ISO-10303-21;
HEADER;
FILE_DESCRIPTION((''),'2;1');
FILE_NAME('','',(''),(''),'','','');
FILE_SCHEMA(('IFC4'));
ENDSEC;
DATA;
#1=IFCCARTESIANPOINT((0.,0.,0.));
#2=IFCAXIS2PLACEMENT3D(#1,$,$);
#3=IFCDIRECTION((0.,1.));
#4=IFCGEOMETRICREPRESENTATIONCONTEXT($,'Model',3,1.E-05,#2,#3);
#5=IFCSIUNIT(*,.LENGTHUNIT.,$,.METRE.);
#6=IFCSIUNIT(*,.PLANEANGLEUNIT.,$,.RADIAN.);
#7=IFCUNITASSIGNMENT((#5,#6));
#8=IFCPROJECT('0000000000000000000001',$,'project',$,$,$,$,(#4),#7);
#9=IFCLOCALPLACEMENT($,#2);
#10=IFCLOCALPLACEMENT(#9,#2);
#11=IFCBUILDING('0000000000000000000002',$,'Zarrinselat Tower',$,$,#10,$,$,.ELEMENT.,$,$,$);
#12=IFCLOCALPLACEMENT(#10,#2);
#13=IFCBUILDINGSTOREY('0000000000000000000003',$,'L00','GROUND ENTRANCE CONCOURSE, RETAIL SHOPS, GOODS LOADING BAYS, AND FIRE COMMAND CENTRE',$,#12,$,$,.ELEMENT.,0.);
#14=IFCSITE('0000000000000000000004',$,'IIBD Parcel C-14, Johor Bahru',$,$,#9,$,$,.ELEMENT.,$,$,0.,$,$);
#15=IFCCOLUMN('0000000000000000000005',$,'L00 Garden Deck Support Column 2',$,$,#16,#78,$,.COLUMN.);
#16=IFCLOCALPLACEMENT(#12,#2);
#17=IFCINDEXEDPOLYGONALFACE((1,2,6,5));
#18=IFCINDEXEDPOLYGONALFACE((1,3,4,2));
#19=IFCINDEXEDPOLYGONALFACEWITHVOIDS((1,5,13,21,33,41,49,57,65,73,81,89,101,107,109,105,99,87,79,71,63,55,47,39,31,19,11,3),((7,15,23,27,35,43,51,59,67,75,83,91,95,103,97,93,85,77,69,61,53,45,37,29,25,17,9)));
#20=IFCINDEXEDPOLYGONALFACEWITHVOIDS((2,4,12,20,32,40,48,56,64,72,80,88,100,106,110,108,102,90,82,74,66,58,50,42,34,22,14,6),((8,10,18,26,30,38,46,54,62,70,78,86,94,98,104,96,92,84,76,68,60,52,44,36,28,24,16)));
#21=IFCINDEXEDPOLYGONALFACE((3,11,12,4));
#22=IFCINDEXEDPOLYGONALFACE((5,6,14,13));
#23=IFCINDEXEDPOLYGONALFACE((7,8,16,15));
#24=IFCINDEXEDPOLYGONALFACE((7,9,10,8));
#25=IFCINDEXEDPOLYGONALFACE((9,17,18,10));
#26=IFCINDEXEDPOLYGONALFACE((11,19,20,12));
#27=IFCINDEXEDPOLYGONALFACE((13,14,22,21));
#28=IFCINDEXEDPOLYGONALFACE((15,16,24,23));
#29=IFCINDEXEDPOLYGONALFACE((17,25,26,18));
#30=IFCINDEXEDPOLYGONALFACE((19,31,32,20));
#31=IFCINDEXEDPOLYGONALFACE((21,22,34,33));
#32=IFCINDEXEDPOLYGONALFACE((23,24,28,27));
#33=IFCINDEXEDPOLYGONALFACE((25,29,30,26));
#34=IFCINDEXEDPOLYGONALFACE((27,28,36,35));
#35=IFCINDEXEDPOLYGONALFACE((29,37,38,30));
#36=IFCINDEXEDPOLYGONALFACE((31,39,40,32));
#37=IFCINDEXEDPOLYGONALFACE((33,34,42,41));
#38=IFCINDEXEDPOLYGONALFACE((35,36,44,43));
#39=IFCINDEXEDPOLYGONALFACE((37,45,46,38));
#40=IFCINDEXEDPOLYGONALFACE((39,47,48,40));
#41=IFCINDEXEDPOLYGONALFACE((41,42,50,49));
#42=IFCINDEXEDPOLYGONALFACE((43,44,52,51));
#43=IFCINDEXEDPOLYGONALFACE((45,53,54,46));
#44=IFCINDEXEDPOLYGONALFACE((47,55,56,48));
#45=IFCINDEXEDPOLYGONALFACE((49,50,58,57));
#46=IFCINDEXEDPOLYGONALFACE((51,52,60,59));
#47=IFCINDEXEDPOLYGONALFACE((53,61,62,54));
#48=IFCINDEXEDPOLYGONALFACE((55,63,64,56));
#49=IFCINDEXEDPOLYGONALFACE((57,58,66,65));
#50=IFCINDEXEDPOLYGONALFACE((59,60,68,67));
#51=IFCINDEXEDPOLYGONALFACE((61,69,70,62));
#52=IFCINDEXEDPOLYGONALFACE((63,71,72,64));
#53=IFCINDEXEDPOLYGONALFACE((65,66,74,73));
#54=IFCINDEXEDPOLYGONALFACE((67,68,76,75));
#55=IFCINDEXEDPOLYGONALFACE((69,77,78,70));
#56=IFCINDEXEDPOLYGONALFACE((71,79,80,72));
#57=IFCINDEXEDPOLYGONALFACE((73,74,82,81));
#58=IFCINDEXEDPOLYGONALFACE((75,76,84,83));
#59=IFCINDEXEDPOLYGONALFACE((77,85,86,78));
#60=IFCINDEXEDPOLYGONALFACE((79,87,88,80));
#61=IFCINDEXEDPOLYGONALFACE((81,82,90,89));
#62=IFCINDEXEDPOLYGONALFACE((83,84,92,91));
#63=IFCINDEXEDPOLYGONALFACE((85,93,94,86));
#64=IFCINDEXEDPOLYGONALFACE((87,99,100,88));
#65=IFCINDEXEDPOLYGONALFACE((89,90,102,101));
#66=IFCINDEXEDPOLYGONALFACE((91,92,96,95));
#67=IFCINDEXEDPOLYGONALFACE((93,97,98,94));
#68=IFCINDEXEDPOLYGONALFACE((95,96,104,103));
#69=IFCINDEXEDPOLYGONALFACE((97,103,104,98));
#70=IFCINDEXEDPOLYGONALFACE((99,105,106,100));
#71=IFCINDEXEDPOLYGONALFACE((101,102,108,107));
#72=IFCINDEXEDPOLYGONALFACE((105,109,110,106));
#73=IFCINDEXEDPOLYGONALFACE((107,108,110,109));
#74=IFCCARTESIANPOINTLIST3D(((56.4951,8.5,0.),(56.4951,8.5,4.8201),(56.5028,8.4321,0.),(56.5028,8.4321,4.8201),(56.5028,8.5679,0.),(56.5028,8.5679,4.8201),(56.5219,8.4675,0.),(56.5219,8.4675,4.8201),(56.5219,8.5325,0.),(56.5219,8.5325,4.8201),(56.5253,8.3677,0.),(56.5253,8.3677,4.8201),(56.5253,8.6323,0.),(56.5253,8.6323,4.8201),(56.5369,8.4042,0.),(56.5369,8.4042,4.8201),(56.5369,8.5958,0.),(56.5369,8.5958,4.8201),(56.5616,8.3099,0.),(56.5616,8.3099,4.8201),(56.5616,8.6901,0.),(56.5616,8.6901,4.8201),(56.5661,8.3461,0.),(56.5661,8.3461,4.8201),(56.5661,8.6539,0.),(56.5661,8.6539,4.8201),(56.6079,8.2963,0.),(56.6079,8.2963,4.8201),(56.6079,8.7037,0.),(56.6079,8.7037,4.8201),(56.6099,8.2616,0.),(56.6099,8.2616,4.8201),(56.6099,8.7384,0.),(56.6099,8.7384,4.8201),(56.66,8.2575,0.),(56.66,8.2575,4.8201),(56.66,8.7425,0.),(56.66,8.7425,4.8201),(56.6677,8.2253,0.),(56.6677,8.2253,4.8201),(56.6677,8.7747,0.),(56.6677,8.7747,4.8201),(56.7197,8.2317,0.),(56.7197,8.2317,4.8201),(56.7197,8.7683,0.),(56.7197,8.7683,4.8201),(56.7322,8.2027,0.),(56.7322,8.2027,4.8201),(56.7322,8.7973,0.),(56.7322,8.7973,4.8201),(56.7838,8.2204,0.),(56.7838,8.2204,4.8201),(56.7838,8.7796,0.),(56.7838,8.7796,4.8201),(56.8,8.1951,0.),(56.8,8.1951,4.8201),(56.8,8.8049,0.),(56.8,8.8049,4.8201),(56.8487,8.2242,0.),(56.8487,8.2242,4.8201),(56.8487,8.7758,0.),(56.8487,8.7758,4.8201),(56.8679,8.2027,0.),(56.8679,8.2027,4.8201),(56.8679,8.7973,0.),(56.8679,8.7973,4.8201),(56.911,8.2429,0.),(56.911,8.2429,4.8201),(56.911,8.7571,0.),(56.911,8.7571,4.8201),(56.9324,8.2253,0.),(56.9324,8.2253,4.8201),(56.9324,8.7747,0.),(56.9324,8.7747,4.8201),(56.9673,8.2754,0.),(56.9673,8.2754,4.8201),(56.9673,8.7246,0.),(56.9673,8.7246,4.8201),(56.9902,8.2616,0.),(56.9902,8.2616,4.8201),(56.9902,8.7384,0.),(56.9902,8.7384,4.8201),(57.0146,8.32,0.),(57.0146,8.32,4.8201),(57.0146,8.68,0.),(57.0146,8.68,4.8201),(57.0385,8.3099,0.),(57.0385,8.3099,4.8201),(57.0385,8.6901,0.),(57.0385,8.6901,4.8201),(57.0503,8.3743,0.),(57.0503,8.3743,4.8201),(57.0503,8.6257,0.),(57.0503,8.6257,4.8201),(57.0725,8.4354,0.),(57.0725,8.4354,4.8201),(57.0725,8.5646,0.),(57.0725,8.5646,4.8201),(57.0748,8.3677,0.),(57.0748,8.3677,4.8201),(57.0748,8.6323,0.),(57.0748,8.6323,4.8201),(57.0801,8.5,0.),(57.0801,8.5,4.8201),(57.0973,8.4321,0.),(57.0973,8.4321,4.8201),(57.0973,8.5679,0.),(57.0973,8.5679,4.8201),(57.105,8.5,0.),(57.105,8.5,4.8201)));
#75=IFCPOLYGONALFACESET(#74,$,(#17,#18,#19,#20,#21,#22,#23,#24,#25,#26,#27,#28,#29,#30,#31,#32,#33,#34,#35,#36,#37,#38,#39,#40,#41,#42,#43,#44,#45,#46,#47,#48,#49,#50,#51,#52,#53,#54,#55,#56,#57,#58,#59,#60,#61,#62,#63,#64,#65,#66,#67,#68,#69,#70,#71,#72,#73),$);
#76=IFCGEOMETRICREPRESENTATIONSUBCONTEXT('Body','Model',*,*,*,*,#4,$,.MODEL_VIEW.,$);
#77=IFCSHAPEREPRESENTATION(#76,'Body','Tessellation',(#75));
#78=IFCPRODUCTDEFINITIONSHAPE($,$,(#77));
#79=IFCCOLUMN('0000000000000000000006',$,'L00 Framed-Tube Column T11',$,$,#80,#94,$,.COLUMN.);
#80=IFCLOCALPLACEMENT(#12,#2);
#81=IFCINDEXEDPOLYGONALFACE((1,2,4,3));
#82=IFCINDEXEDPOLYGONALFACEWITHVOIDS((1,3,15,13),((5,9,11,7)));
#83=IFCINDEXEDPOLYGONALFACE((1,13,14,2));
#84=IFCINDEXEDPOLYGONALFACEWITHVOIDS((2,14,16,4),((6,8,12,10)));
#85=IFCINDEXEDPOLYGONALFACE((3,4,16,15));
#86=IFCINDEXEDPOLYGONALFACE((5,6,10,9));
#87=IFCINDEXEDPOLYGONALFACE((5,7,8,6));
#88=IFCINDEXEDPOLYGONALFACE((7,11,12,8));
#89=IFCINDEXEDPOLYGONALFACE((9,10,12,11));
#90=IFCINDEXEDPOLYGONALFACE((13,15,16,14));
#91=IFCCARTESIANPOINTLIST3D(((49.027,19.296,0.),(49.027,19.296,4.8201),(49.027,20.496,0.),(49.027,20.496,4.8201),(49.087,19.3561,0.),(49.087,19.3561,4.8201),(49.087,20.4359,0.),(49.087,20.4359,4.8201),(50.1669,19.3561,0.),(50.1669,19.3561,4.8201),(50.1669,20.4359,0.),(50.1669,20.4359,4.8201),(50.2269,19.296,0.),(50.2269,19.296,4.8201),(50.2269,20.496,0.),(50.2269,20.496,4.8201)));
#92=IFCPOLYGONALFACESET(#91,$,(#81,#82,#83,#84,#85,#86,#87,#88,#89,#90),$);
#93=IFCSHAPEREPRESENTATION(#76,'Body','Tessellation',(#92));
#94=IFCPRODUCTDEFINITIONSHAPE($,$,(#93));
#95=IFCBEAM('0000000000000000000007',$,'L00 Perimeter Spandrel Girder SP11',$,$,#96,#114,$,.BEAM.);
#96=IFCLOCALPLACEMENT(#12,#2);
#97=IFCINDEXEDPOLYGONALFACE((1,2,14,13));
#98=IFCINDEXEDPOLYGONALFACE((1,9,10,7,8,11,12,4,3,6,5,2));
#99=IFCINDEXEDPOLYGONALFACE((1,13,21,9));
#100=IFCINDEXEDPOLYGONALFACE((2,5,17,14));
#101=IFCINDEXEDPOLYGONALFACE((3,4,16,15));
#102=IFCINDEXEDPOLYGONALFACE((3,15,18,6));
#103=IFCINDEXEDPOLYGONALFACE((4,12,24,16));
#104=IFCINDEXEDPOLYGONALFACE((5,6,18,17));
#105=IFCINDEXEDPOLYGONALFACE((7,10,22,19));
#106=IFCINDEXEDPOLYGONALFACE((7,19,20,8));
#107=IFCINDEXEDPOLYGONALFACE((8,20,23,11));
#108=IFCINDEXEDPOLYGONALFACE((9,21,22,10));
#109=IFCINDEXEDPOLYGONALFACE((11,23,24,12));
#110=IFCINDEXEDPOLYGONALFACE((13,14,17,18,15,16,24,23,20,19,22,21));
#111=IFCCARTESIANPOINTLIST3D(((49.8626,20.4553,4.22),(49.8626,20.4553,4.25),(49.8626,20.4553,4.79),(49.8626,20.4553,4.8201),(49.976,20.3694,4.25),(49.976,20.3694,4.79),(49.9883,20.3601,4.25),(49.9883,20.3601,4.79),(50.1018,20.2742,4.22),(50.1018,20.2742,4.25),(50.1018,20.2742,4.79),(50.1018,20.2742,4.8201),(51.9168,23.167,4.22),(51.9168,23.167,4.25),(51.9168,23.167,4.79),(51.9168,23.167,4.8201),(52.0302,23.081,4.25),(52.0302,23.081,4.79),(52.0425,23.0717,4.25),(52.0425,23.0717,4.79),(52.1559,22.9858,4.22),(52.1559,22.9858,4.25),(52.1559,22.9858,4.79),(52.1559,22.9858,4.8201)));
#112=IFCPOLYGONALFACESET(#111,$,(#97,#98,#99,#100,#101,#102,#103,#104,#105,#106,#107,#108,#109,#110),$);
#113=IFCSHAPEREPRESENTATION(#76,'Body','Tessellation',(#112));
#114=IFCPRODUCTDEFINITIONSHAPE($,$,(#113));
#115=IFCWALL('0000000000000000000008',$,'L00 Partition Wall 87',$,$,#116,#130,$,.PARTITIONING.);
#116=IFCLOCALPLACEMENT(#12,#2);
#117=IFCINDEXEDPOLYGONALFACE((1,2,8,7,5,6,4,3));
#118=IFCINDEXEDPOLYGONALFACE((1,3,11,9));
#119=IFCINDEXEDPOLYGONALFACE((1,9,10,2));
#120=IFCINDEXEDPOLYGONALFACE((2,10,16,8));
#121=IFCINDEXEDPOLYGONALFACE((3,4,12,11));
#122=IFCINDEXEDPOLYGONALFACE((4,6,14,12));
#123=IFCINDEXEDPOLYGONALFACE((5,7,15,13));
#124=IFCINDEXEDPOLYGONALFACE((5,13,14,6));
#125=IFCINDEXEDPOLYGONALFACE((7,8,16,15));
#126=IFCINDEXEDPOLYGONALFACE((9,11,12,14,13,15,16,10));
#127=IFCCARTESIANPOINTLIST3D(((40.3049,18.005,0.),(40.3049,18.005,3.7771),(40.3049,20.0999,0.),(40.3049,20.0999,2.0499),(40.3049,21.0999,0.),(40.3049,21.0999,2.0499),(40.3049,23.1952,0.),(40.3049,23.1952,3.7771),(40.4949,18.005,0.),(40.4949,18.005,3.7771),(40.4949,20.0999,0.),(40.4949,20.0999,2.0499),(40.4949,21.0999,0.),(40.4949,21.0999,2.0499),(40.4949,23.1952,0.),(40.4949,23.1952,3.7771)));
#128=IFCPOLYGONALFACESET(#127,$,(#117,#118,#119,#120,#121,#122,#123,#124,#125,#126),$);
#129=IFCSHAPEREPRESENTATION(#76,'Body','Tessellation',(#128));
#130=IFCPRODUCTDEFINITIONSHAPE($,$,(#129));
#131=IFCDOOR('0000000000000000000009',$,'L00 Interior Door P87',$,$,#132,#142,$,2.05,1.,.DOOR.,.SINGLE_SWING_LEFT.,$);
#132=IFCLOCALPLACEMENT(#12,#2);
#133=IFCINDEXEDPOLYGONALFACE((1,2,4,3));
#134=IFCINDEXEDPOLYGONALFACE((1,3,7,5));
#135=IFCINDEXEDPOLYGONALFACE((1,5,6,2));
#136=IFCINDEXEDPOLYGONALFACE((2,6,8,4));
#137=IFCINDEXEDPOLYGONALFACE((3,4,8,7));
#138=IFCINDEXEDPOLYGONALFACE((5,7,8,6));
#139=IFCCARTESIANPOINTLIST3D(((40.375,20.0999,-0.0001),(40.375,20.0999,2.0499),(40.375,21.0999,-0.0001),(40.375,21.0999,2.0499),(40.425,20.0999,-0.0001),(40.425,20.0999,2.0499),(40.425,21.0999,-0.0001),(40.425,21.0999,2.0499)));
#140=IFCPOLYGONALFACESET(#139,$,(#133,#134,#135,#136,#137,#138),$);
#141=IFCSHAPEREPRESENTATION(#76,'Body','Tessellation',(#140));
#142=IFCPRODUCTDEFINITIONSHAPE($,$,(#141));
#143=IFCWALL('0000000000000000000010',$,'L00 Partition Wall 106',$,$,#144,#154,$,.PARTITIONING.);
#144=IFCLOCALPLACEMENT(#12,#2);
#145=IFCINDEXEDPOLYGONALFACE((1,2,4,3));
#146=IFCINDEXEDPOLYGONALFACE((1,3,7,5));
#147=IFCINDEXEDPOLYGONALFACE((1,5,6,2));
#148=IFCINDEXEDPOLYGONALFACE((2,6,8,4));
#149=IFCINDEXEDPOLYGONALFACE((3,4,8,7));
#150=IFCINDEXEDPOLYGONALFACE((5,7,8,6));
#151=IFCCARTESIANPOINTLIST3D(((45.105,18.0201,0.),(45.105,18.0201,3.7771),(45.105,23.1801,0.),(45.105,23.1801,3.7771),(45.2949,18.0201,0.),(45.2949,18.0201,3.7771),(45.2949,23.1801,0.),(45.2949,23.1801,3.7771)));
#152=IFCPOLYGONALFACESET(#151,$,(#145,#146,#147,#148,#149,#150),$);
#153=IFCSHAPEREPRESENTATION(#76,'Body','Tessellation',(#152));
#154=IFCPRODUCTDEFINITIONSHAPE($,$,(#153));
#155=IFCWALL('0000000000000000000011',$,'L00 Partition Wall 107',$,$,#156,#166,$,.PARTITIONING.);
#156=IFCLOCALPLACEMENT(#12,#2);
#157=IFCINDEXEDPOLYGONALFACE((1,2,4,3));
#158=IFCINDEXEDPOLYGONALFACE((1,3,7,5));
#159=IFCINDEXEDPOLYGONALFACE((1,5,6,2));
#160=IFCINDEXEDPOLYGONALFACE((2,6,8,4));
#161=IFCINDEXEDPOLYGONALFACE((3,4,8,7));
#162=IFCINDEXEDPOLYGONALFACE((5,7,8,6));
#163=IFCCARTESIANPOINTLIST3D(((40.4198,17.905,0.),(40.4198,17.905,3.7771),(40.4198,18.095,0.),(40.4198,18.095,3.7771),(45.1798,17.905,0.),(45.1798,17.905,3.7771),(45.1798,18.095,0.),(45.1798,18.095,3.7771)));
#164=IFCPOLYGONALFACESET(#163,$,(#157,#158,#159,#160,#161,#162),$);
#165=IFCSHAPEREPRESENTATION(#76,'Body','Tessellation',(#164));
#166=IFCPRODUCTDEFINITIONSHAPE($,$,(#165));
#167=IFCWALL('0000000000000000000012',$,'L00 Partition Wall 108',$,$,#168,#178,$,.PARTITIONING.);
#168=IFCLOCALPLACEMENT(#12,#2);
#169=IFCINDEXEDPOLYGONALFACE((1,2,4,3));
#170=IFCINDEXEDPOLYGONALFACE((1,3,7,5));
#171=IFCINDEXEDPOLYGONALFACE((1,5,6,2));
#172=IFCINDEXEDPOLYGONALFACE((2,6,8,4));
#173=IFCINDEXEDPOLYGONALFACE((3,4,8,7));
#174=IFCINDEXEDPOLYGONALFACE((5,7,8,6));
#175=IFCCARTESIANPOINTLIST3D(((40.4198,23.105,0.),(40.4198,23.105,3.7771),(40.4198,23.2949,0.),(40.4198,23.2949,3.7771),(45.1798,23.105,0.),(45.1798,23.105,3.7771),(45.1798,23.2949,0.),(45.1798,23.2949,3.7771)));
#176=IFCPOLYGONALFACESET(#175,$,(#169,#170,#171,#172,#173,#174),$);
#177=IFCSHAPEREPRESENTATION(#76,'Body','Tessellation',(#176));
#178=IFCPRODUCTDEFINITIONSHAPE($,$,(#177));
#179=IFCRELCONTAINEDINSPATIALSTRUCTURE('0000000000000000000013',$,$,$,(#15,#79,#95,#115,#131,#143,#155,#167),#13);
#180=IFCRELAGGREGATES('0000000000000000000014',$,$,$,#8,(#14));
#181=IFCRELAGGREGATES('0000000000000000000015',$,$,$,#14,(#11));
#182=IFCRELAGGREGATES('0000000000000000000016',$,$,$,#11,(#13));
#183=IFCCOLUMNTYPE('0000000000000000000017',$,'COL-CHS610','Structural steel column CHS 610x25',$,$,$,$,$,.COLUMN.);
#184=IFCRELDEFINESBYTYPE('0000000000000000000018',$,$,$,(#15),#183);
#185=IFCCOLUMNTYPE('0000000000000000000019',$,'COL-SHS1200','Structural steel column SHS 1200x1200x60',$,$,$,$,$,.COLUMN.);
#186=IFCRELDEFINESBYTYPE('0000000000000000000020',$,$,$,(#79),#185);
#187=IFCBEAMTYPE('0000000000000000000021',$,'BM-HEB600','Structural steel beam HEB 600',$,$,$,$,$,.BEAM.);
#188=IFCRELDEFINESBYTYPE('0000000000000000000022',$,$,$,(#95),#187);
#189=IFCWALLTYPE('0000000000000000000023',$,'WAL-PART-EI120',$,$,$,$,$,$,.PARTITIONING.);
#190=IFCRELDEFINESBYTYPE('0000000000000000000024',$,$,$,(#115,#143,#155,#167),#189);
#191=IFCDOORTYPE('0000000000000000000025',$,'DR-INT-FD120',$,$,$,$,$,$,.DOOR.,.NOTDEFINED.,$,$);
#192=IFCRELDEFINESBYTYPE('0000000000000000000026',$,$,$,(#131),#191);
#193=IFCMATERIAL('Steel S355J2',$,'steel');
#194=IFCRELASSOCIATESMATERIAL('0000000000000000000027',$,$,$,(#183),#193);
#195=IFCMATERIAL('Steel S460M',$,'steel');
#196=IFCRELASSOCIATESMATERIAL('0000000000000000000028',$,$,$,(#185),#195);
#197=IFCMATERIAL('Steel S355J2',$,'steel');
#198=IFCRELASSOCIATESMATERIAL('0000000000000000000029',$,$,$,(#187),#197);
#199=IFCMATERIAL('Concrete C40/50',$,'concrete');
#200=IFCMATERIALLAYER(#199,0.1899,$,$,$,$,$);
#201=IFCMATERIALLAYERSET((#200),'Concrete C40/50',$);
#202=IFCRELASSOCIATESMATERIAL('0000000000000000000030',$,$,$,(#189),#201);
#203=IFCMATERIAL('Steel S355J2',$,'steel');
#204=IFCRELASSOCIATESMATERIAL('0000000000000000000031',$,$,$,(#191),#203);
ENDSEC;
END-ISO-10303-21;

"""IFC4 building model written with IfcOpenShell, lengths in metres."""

from ifc_helpers import new_model, si_unit, direction, frame, frame_2d, origin, origin_2d, place, context, subcontext, project, spatial, rectangle, hollow_rectangle, hollow_circle, i_section, extrude, material, layer, layer_set, material_profile, profile_set, type_object, element, fill, save


model = new_model("IFC4")

# Units and contexts
model_context = context("Model", 3, precision=1e-05, world=origin(), true_north=direction((0.0, 1.0)))
body_context = subcontext(model_context, "Body", "Model", "MODEL_VIEW")
ifc_project = project(units=[si_unit("LENGTHUNIT", "METRE"), si_unit("PLANEANGLEUNIT", "RADIAN")], contexts=[model_context])

# Site, building, storey
site_placement = place(None, origin())
site = spatial("IfcSite", under=ifc_project, at=site_placement, Name="IIBD Parcel C-14, Johor Bahru", CompositionType="ELEMENT", RefElevation=0.0)
building_placement = place(site_placement, origin())
building = spatial("IfcBuilding", under=site, at=building_placement, Name="Zarrinselat Tower", CompositionType="ELEMENT")
storey_placement = place(building_placement, origin())
storey = spatial("IfcBuildingStorey", under=building, at=storey_placement, Name="L00", Description="GROUND ENTRANCE CONCOURSE, RETAIL SHOPS, GOODS LOADING BAYS, AND FIRE COMMAND CENTRE", CompositionType="ELEMENT", Elevation=0.0)

# Columns
ifc_material_1 = material(Name="Steel S355J2", Category="steel")
ifc_material_profile_1 = material_profile(ifc_material_1, hollow_circle(Radius=0.3049, WallThickness=0.0249, at=origin_2d()), Name="CHS 610x25")
ifc_profile_set_1 = profile_set([ifc_material_profile_1], Name="Steel S355J2")
column_type_1 = type_object("IfcColumnType", Name="COL-CHS610", Description="Structural steel column CHS 610x25", PredefinedType="COLUMN", material=ifc_profile_set_1)
column_1_placement = place(storey_placement, frame((56.8, 8.5, 0.0), z_axis=(0.0, 0.0, 1.0), x_axis=(1.0, 0.0, 0.0)))
element("IfcColumn", 1, at=column_1_placement, inside=storey, type_object=column_type_1, Name="L00 Garden Deck Support Column 2", PredefinedType="COLUMN", context=body_context, shape_type="SweptSolid", body=[
    extrude(hollow_circle(Radius=0.3049, WallThickness=0.0249, at=origin_2d()), origin(), (0.0, 0.0, 1.0), 4.8201),
])
ifc_material_2 = material(Name="Steel S460M", Category="steel")
ifc_material_profile_2 = material_profile(ifc_material_2, hollow_rectangle(XDim=1.2, YDim=1.2, WallThickness=0.0601, at=origin_2d()), Name="SHS 1200x1200x60")
ifc_profile_set_2 = profile_set([ifc_material_profile_2], Name="Steel S460M")
column_type_2 = type_object("IfcColumnType", Name="COL-SHS1200", Description="Structural steel column SHS 1200x1200x60", PredefinedType="COLUMN", material=ifc_profile_set_2)
column_2_placement = place(storey_placement, frame((49.627, 19.896, 0.0), z_axis=(0.0, 0.0, 1.0), x_axis=(1.0, 0.0, 0.0)))
element("IfcColumn", 2, at=column_2_placement, inside=storey, type_object=column_type_2, Name="L00 Framed-Tube Column T11", PredefinedType="COLUMN", context=body_context, shape_type="SweptSolid", body=[
    extrude(hollow_rectangle(XDim=1.2, YDim=1.2, WallThickness=0.0601, at=origin_2d()), origin(), (0.0, 0.0, 1.0), 4.8201),
])

# Beam
ifc_material_3 = material(Name="Steel S355J2", Category="steel")
ifc_material_profile_3 = material_profile(ifc_material_3, i_section(OverallWidth=0.3, OverallDepth=0.6001, WebThickness=0.0154, FlangeThickness=0.03, at=origin_2d()), Name="HEB 600")
ifc_profile_set_3 = profile_set([ifc_material_profile_3], Name="Steel S355J2")
beam_type = type_object("IfcBeamType", Name="BM-HEB600", Description="Structural steel beam HEB 600", PredefinedType="BEAM", material=ifc_profile_set_3)
beam_placement = place(storey_placement, frame((49.9822, 20.3647, 4.52), z_axis=(0.60384, 0.797106, 0.0), x_axis=(-0.797106, 0.60384, 0.0)))
element("IfcBeam", 3, at=beam_placement, inside=storey, type_object=beam_type, Name="L00 Perimeter Spandrel Girder SP11", PredefinedType="BEAM", context=body_context, shape_type="SweptSolid", body=[
    extrude(i_section(OverallWidth=0.3, OverallDepth=0.6001, WebThickness=0.0154, FlangeThickness=0.03, at=origin_2d()), origin(), (0.0, 0.0, 1.0), 3.4019),
])

# Wall, opening, door
ifc_material_4 = material(Name="Concrete C40/50", Category="concrete")
ifc_layer_1 = layer(ifc_material_4, 0.1899)
ifc_layer_set_1 = layer_set([ifc_layer_1], Name="Concrete C40/50")
wall_type_1 = type_object("IfcWallType", Name="WAL-PART-EI120", PredefinedType="PARTITIONING", material=ifc_layer_set_1)
wall_1_placement = place(storey_placement, frame((40.3999, 18.0049, 0.0), z_axis=(0.0, 0.0, 1.0), x_axis=(0.0, 1.0, 0.0)))
wall_1 = element("IfcWall", 4, at=wall_1_placement, inside=storey, type_object=wall_type_1, Name="L00 Partition Wall 87", PredefinedType="PARTITIONING", context=body_context, shape_type="SweptSolid", body=[
    extrude(rectangle(XDim=5.1902, YDim=0.1899, at=frame_2d((2.5952, 0.0))), origin(), (0.0, 0.0, 1.0), 3.7771),
])
opening_1_placement = place(wall_1_placement, frame((2.095, 0.0, 0.0)))
opening_1 = element("IfcOpeningElement", 5, at=opening_1_placement, cuts=wall_1, PredefinedType="OPENING", context=body_context, shape_type="SweptSolid", body=[
    extrude(rectangle(XDim=1.0, YDim=2.05, at=frame_2d((0.5, 1.0249))), frame((0.0, 0.105, 0.0), z_axis=(0.0, -1.0, 0.0), x_axis=(1.0, 0.0, 0.0)), (0.0, 0.0, 1.0), 0.21),
])
ifc_material_5 = material(Name="Steel S355J2", Category="steel")
door_type_1 = type_object("IfcDoorType", Name="DR-INT-FD120", OperationType="NOTDEFINED", PredefinedType="DOOR", material=ifc_material_5)
door_1_placement = place(opening_1_placement, origin())
door_1 = element("IfcDoor", 6, at=door_1_placement, inside=storey, type_object=door_type_1, Name="L00 Interior Door P87", OperationType="SINGLE_SWING_LEFT", OverallHeight=2.05, OverallWidth=1.0, PredefinedType="DOOR", context=body_context, shape_type="SweptSolid", body=[
    extrude(rectangle(XDim=1.0, YDim=2.05, at=frame_2d((0.5, 1.0249))), frame((0.0, 0.0249, 0.0), z_axis=(0.0, -1.0, 0.0), x_axis=(1.0, 0.0, 0.0)), (0.0, 0.0, 1.0), 0.05),
])
fill(opening_1, door_1)

# Walls
wall_2_placement = place(storey_placement, frame((45.2, 18.02, 0.0), z_axis=(0.0, 0.0, 1.0), x_axis=(0.0, 1.0, 0.0)))
element("IfcWall", 7, at=wall_2_placement, inside=storey, type_object=wall_type_1, Name="L00 Partition Wall 106", PredefinedType="PARTITIONING", context=body_context, shape_type="SweptSolid", body=[
    extrude(rectangle(XDim=5.1599, YDim=0.1899, at=frame_2d((2.5801, 0.0))), origin(), (0.0, 0.0, 1.0), 3.7771),
])
for number, where, z_axis, x_axis, name in (
    (8, (40.4199, 18.0, 0.0), (0.0, 0.0, 1.0), (1.0, 0.0, 0.0), "L00 Partition Wall 107"),
    (9, (40.4199, 23.2, 0.0), (0.0, 0.0, 1.0), (1.0, 0.0, 0.0), "L00 Partition Wall 108"),
):
    element("IfcWall", number, at=place(storey_placement, frame(where, z_axis=z_axis, x_axis=x_axis)), inside=storey, type_object=wall_type_1, Name=name, PredefinedType="PARTITIONING", context=body_context, shape_type="SweptSolid", body=[
        extrude(rectangle(XDim=4.76, YDim=0.1899, at=frame_2d((2.3799, 0.0))), origin(), (0.0, 0.0, 1.0), 3.7771),
    ])

save(model, "model.ifc")
